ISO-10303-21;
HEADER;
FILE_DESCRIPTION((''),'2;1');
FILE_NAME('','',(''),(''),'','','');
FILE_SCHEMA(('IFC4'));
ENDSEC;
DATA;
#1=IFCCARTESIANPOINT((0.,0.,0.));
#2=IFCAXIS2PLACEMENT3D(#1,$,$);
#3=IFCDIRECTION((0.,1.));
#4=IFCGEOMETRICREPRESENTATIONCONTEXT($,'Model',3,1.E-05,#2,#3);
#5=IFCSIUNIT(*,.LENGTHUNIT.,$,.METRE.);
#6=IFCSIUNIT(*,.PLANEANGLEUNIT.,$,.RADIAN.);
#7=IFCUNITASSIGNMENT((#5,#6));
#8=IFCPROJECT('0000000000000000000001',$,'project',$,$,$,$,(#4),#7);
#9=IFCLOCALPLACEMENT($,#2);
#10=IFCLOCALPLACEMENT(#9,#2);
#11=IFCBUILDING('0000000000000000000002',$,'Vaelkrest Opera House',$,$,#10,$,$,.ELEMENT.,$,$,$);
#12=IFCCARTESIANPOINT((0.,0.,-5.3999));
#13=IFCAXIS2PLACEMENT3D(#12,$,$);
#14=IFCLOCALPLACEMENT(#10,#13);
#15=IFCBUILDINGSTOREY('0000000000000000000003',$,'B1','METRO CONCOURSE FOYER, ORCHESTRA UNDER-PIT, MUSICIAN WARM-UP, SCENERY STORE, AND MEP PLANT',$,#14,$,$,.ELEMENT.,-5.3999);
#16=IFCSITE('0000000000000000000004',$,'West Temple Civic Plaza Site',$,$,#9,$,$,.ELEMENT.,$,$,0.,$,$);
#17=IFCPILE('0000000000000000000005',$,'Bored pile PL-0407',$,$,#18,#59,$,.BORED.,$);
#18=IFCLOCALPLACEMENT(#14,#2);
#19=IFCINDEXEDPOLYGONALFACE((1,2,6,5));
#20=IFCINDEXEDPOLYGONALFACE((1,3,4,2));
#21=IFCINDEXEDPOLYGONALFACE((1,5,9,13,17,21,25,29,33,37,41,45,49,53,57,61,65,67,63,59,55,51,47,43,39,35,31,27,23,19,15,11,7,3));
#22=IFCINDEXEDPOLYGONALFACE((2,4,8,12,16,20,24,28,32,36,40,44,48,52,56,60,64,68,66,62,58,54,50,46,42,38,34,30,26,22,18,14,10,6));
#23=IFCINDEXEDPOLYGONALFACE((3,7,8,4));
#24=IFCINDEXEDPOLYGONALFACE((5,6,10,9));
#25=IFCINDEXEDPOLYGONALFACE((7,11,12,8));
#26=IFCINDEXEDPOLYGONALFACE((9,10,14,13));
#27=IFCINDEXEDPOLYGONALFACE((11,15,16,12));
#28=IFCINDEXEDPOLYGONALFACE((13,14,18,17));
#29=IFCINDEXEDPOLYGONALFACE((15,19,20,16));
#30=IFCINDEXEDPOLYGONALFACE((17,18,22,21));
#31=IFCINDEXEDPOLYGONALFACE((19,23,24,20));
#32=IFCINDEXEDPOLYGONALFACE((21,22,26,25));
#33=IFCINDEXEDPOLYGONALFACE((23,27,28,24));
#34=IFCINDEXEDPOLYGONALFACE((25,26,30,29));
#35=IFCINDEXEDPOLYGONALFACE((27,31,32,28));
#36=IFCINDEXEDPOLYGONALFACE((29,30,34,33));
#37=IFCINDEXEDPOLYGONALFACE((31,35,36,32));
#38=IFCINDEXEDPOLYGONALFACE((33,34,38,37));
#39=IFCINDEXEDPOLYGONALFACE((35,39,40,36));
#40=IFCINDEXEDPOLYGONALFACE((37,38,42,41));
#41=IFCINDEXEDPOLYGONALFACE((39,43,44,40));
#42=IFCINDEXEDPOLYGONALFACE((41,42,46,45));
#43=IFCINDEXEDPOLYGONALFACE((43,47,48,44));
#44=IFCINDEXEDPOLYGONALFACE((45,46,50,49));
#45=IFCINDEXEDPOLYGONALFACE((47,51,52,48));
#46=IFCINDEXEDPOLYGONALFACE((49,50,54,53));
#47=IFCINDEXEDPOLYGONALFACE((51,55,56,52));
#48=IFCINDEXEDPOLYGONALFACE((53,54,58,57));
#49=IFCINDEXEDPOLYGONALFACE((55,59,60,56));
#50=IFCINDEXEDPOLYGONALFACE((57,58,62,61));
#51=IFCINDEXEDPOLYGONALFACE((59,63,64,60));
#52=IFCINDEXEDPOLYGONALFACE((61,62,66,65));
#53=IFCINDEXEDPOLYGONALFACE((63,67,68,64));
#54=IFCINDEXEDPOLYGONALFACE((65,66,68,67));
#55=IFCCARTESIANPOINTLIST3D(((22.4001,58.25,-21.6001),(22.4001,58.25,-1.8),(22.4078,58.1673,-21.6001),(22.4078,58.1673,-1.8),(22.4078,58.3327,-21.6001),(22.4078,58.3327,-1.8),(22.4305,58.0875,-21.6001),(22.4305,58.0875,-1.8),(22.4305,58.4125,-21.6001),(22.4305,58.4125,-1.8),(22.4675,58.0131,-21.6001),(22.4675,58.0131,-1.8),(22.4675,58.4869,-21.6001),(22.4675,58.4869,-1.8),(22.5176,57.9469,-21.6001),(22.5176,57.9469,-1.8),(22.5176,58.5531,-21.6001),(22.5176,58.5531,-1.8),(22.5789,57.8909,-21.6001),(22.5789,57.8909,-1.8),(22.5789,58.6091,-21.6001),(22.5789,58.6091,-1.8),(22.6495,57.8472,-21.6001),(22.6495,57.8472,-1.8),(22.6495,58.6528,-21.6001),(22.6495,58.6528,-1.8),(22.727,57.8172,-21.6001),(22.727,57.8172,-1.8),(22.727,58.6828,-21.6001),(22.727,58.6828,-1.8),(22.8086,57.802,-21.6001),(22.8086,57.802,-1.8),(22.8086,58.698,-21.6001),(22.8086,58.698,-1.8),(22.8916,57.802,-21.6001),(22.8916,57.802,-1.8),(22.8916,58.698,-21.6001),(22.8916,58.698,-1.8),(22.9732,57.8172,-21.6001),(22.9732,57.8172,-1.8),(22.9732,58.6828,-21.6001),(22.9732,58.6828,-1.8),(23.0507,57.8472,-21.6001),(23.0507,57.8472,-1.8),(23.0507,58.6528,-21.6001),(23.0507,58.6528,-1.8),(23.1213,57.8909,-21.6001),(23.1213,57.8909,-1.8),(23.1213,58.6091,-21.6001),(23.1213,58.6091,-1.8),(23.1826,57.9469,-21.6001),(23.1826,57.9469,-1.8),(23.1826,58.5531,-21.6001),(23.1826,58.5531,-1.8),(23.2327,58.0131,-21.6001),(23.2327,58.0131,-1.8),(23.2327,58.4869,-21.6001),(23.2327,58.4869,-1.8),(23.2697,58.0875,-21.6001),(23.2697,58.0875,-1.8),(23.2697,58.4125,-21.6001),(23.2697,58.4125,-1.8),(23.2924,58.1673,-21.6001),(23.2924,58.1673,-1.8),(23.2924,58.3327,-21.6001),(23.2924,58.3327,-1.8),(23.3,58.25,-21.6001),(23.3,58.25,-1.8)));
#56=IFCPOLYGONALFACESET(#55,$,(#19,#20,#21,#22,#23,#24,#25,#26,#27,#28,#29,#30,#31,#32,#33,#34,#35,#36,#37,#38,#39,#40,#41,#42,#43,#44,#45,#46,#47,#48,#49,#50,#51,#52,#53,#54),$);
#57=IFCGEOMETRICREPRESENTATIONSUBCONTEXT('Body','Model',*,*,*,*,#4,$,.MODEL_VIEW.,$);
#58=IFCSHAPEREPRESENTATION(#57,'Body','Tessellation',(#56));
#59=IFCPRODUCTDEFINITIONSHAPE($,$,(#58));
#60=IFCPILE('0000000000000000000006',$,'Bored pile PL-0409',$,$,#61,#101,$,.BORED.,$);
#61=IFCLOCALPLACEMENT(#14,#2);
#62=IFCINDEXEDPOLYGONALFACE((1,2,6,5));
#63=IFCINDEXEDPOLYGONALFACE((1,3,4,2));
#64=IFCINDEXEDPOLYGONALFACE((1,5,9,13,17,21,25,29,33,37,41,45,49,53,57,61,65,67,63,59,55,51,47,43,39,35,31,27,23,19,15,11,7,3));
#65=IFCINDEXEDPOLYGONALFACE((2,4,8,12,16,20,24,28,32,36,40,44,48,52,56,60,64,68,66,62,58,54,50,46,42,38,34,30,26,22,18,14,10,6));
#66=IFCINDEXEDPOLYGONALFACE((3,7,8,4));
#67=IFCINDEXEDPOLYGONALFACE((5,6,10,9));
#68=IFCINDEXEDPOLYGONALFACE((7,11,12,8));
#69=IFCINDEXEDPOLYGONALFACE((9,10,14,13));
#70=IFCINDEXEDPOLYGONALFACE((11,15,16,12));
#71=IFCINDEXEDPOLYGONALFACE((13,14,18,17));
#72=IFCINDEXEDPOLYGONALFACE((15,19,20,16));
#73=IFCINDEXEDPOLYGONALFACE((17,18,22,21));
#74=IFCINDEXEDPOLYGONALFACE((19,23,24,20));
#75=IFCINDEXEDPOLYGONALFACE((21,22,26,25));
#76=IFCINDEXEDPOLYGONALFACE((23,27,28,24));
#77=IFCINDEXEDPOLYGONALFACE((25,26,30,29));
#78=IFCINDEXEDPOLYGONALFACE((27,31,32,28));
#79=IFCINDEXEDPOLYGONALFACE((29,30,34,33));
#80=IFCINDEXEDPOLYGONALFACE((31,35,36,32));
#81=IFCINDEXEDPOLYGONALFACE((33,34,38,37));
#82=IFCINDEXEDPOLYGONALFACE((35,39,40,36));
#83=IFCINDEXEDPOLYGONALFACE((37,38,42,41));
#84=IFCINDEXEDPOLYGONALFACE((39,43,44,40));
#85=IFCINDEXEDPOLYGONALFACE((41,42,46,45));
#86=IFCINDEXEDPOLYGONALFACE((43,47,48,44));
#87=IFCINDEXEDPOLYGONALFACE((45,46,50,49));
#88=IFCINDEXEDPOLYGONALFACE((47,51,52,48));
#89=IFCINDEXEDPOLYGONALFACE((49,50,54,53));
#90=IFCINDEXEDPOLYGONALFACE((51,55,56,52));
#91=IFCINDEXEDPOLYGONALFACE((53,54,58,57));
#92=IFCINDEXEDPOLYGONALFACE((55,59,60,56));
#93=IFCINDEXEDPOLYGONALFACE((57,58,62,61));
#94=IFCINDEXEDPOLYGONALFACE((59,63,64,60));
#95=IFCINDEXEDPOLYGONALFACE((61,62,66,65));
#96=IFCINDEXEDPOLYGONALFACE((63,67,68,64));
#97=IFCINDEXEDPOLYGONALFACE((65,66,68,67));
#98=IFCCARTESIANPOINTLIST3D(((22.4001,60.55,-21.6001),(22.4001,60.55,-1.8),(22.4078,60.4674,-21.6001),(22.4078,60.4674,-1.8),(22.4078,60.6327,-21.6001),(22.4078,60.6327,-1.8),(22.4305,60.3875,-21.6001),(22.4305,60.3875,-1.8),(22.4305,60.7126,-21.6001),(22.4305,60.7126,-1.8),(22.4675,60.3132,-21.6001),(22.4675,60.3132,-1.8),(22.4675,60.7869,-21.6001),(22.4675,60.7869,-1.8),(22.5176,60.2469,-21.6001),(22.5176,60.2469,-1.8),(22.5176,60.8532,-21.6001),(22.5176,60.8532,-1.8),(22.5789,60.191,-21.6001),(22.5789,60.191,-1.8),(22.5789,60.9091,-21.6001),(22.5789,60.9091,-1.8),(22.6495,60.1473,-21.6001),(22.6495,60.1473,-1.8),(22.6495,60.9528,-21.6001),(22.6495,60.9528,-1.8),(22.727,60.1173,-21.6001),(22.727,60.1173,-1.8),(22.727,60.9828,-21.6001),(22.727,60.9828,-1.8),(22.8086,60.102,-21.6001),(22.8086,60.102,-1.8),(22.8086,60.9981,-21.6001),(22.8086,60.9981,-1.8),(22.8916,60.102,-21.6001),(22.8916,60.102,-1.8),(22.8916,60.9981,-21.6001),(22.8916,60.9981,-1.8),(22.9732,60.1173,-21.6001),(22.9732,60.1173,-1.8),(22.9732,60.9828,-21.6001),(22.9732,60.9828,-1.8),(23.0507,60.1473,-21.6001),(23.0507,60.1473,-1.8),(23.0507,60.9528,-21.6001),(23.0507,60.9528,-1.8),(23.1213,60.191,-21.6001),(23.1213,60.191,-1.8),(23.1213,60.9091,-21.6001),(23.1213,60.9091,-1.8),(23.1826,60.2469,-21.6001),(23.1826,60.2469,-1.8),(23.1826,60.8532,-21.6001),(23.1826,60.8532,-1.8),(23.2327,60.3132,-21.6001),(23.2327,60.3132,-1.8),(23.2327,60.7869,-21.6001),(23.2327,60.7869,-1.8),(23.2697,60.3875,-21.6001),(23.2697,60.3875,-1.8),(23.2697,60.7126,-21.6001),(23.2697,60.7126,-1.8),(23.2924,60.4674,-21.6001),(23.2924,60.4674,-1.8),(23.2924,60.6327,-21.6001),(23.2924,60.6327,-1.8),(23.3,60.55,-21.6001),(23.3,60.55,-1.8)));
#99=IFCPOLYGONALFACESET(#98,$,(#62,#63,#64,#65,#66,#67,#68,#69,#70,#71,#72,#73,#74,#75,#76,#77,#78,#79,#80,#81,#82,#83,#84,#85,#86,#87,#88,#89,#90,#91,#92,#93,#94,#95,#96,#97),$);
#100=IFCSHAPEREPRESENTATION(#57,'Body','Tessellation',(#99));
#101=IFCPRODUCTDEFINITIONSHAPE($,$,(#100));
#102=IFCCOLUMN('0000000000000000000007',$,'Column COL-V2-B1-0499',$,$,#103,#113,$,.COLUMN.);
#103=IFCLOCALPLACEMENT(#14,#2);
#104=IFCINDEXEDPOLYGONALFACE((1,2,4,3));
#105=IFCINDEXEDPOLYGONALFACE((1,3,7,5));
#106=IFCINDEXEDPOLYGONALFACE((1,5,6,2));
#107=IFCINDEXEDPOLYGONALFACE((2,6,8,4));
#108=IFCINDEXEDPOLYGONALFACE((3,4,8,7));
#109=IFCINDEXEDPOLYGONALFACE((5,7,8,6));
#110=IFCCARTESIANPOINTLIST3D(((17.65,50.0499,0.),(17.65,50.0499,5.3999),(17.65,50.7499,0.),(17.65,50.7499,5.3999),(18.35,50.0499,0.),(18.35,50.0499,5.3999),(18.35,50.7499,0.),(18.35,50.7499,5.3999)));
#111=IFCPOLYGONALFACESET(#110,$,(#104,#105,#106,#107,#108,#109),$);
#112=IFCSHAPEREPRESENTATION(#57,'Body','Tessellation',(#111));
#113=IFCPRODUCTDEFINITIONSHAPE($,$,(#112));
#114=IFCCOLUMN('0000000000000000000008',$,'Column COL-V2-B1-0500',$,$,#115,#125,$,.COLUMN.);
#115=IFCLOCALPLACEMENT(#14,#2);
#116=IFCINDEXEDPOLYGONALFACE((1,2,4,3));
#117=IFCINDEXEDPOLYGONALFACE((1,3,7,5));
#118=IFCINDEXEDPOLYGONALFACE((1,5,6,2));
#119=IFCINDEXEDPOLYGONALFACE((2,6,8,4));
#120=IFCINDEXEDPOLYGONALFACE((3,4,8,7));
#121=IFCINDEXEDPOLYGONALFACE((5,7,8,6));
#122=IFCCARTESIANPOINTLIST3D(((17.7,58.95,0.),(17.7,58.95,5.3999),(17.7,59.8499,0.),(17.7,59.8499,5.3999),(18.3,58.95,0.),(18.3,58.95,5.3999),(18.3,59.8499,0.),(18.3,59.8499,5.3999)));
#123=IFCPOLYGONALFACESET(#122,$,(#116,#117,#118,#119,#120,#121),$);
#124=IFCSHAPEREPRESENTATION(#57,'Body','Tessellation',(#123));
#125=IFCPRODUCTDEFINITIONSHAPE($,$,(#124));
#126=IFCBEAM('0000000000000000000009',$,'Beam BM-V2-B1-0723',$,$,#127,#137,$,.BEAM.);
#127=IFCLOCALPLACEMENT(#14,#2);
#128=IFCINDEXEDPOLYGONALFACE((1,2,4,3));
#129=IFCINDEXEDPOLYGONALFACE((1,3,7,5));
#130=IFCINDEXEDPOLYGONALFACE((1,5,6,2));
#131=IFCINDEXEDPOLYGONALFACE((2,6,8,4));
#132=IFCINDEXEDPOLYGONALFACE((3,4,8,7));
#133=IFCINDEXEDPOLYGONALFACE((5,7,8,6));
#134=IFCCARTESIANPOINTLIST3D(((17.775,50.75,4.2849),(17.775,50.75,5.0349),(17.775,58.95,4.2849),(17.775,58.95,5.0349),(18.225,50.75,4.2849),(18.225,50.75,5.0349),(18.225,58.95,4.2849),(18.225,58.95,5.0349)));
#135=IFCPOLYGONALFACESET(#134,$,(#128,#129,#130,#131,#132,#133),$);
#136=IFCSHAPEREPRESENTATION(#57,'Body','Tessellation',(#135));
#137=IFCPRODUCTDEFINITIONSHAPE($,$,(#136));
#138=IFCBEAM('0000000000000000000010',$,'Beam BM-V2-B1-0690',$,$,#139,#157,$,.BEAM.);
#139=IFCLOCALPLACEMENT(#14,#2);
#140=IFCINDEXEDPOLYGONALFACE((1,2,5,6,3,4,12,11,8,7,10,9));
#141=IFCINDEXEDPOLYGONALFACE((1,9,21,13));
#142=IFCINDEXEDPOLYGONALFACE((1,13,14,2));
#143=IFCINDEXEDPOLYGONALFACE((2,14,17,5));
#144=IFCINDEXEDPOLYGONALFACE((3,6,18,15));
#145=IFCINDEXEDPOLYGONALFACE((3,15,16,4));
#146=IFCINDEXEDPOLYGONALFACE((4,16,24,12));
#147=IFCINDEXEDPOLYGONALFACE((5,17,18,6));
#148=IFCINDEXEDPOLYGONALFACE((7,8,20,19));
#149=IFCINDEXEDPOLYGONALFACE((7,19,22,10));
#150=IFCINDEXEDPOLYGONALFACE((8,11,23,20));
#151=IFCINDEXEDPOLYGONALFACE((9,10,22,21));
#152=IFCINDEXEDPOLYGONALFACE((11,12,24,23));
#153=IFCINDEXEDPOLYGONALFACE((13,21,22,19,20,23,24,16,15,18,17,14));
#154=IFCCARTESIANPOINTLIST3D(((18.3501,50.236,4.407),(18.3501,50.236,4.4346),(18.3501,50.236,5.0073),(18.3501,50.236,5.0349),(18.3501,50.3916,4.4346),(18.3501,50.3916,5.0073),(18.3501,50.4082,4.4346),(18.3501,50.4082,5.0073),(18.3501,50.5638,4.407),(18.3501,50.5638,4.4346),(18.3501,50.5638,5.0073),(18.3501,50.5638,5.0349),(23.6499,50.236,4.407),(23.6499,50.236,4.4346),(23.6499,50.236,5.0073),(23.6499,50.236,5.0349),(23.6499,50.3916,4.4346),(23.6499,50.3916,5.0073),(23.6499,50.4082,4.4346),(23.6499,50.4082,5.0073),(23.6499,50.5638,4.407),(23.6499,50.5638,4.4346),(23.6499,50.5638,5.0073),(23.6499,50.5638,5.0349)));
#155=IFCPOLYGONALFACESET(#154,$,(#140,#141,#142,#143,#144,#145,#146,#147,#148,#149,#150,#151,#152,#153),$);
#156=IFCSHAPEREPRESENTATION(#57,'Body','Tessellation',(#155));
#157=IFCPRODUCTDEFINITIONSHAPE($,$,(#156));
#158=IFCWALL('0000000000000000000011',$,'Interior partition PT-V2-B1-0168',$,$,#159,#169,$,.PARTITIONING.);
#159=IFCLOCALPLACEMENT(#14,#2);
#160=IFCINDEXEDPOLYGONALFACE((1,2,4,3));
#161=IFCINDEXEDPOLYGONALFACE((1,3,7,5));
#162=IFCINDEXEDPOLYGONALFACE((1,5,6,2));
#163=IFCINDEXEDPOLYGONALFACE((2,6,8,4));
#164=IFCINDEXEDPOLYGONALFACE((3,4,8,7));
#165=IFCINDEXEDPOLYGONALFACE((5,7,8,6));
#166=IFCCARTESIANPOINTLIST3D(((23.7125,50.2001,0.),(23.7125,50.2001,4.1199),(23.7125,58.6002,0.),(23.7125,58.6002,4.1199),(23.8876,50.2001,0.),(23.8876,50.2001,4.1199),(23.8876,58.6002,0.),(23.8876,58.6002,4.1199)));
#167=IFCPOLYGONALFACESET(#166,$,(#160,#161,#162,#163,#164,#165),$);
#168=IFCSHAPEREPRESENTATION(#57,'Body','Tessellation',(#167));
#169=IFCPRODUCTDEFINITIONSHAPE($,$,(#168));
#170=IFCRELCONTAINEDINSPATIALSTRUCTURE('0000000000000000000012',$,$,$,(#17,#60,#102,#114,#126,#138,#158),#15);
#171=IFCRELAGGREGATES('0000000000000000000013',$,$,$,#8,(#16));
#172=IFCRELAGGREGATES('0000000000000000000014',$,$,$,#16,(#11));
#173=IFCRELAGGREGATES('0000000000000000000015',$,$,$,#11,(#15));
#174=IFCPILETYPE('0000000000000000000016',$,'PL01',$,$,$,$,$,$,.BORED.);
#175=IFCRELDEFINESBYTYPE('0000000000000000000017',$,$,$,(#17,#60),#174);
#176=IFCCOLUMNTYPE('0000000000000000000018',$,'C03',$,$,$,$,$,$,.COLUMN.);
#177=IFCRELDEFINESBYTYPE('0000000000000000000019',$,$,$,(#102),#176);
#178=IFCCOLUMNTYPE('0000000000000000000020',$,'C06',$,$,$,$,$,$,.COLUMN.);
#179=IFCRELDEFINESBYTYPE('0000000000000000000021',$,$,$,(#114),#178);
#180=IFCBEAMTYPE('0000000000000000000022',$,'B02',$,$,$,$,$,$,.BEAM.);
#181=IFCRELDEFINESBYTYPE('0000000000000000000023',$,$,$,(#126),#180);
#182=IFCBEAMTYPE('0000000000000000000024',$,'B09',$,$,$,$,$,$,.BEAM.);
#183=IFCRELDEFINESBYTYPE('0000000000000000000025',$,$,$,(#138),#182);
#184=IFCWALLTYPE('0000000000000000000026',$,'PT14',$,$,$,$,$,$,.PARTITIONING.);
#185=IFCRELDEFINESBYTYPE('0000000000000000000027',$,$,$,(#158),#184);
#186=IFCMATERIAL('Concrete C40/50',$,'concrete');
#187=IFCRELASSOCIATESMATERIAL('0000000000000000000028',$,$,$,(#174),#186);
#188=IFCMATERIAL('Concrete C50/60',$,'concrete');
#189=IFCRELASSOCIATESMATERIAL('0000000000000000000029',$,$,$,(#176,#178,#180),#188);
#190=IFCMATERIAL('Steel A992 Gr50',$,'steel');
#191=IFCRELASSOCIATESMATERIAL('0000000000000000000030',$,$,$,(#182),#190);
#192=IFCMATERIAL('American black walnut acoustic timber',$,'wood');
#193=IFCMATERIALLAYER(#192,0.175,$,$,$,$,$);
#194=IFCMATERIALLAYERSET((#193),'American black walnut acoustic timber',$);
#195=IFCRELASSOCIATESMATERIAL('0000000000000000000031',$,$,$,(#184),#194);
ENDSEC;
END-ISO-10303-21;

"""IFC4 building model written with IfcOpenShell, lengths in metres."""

from ifc_helpers import new_model, si_unit, direction, frame, frame_2d, origin, origin_2d, place, context, subcontext, project, spatial, rectangle, circle, i_section, extrude, material, layer, layer_set, material_profile, profile_set, type_object, element, save


model = new_model("IFC4")

# Units and contexts
model_context = context("Model", 3, precision=1e-05, world=origin(), true_north=direction((0.0, 1.0)))
body_context = subcontext(model_context, "Body", "Model", "MODEL_VIEW")
ifc_project = project(units=[si_unit("LENGTHUNIT", "METRE"), si_unit("PLANEANGLEUNIT", "RADIAN")], contexts=[model_context])

# Site, building, storey
site_placement = place(None, origin())
site = spatial("IfcSite", under=ifc_project, at=site_placement, Name="West Temple Civic Plaza Site", CompositionType="ELEMENT", RefElevation=0.0)
building_placement = place(site_placement, origin())
building = spatial("IfcBuilding", under=site, at=building_placement, Name="Vaelkrest Opera House", CompositionType="ELEMENT")
storey_placement = place(building_placement, frame((0.0, 0.0, -5.3999)))
storey = spatial("IfcBuildingStorey", under=building, at=storey_placement, Name="B1", Description="METRO CONCOURSE FOYER, ORCHESTRA UNDER-PIT, MUSICIAN WARM-UP, SCENERY STORE, AND MEP PLANT", CompositionType="ELEMENT", Elevation=-5.3999)

# Shared definitions
ifc_material_1 = material(Name="Concrete C40/50", Category="concrete")

# Piles
ifc_material_profile_1 = material_profile(ifc_material_1, circle(Radius=0.45, at=origin_2d()), Name="PILE900")
ifc_profile_set_1 = profile_set([ifc_material_profile_1], Name="Concrete C40/50")
pile_type = type_object("IfcPileType", Name="PL01", PredefinedType="BORED", material=ifc_profile_set_1)
for number, where, z_axis, x_axis, name in (
    (1, (22.8501, 58.25, -1.8), (0.0, 0.0, -1.0), (1.0, 0.0, 0.0), "Bored pile PL-0407"),
    (2, (22.8501, 60.55, -1.8), (0.0, 0.0, -1.0), (1.0, 0.0, 0.0), "Bored pile PL-0409"),
):
    element("IfcPile", number, at=place(storey_placement, frame(where, z_axis=z_axis, x_axis=x_axis)), inside=storey, type_object=pile_type, Name=name, PredefinedType="BORED", context=body_context, shape_type="SweptSolid", body=[
        extrude(circle(Radius=0.45, at=origin_2d()), origin(), (0.0, 0.0, 1.0), 19.8),
    ])

# Columns
ifc_material_2 = material(Name="Concrete C50/60", Category="concrete")
ifc_material_profile_2 = material_profile(ifc_material_2, rectangle(XDim=0.7, YDim=0.7, at=origin_2d()), Name="RC700X700")
ifc_profile_set_2 = profile_set([ifc_material_profile_2], Name="Concrete C50/60")
column_type_1 = type_object("IfcColumnType", Name="C03", PredefinedType="COLUMN", material=ifc_profile_set_2)
column_1_placement = place(storey_placement, frame((18.0, 50.3999, 0.0), z_axis=(0.0, 0.0, 1.0), x_axis=(1.0, 0.0, 0.0)))
element("IfcColumn", 3, at=column_1_placement, inside=storey, type_object=column_type_1, Name="Column COL-V2-B1-0499", PredefinedType="COLUMN", context=body_context, shape_type="SweptSolid", body=[
    extrude(rectangle(XDim=0.7, YDim=0.7, at=origin_2d()), origin(), (0.0, 0.0, 1.0), 5.3999),
])
ifc_material_profile_3 = material_profile(ifc_material_2, rectangle(XDim=0.6001, YDim=0.8999, at=origin_2d()), Name="RC600X900")
ifc_profile_set_3 = profile_set([ifc_material_profile_3], Name="Concrete C50/60")
column_type_2 = type_object("IfcColumnType", Name="C06", PredefinedType="COLUMN", material=ifc_profile_set_3)
column_2_placement = place(storey_placement, frame((18.0, 59.3999, 0.0), z_axis=(0.0, 0.0, 1.0), x_axis=(1.0, 0.0, 0.0)))
element("IfcColumn", 4, at=column_2_placement, inside=storey, type_object=column_type_2, Name="Column COL-V2-B1-0500", PredefinedType="COLUMN", context=body_context, shape_type="SweptSolid", body=[
    extrude(rectangle(XDim=0.6001, YDim=0.8999, at=origin_2d()), origin(), (0.0, 0.0, 1.0), 5.3999),
])

# Beams
ifc_material_profile_4 = material_profile(ifc_material_2, rectangle(XDim=0.45, YDim=0.75, at=origin_2d()), Name="RCB450X750")
ifc_profile_set_4 = profile_set([ifc_material_profile_4], Name="Concrete C50/60")
beam_type_1 = type_object("IfcBeamType", Name="B02", PredefinedType="BEAM", material=ifc_profile_set_4)
beam_1_placement = place(storey_placement, frame((18.0, 50.75, 4.6599), z_axis=(0.0, 1.0, 0.0), x_axis=(-1.0, 0.0, 0.0)))
element("IfcBeam", 5, at=beam_1_placement, inside=storey, type_object=beam_type_1, Name="Beam BM-V2-B1-0723", PredefinedType="BEAM", context=body_context, shape_type="SweptSolid", body=[
    extrude(rectangle(XDim=0.45, YDim=0.75, at=origin_2d()), origin(), (0.0, 0.0, 1.0), 8.2),
])
ifc_material_3 = material(Name="Steel A992 Gr50", Category="steel")
ifc_material_profile_5 = material_profile(ifc_material_3, i_section(OverallWidth=0.3279, OverallDepth=0.6279, WebThickness=0.0166, FlangeThickness=0.0276, at=origin_2d()), Name="W24X146")
ifc_profile_set_5 = profile_set([ifc_material_profile_5], Name="Steel A992 Gr50")
beam_type_2 = type_object("IfcBeamType", Name="B09", PredefinedType="BEAM", material=ifc_profile_set_5)
beam_2_placement = place(storey_placement, frame((18.3501, 50.3999, 4.7209), z_axis=(1.0, 0.0, 0.0), x_axis=(0.0, 1.0, 0.0)))
element("IfcBeam", 6, at=beam_2_placement, inside=storey, type_object=beam_type_2, Name="Beam BM-V2-B1-0690", PredefinedType="BEAM", context=body_context, shape_type="SweptSolid", body=[
    extrude(i_section(OverallWidth=0.3279, OverallDepth=0.6279, WebThickness=0.0166, FlangeThickness=0.0276, at=origin_2d()), origin(), (0.0, 0.0, 1.0), 5.2998),
])

# Wall
ifc_material_4 = material(Name="American black walnut acoustic timber", Category="wood")
ifc_layer = layer(ifc_material_4, 0.175)
ifc_layer_set = layer_set([ifc_layer], Name="American black walnut acoustic timber")
wall_type = type_object("IfcWallType", Name="PT14", PredefinedType="PARTITIONING", material=ifc_layer_set)
wall_placement = place(storey_placement, frame((23.8, 50.2, 0.0), z_axis=(0.0, 0.0, 1.0), x_axis=(0.0, 1.0, 0.0)))
element("IfcWall", 7, at=wall_placement, inside=storey, type_object=wall_type, Name="Interior partition PT-V2-B1-0168", PredefinedType="PARTITIONING", context=body_context, shape_type="SweptSolid", body=[
    extrude(rectangle(XDim=8.4001, YDim=0.175, at=frame_2d((4.2002, 0.0))), origin(), (0.0, 0.0, 1.0), 4.1199),
])

save(model, "model.ifc")
